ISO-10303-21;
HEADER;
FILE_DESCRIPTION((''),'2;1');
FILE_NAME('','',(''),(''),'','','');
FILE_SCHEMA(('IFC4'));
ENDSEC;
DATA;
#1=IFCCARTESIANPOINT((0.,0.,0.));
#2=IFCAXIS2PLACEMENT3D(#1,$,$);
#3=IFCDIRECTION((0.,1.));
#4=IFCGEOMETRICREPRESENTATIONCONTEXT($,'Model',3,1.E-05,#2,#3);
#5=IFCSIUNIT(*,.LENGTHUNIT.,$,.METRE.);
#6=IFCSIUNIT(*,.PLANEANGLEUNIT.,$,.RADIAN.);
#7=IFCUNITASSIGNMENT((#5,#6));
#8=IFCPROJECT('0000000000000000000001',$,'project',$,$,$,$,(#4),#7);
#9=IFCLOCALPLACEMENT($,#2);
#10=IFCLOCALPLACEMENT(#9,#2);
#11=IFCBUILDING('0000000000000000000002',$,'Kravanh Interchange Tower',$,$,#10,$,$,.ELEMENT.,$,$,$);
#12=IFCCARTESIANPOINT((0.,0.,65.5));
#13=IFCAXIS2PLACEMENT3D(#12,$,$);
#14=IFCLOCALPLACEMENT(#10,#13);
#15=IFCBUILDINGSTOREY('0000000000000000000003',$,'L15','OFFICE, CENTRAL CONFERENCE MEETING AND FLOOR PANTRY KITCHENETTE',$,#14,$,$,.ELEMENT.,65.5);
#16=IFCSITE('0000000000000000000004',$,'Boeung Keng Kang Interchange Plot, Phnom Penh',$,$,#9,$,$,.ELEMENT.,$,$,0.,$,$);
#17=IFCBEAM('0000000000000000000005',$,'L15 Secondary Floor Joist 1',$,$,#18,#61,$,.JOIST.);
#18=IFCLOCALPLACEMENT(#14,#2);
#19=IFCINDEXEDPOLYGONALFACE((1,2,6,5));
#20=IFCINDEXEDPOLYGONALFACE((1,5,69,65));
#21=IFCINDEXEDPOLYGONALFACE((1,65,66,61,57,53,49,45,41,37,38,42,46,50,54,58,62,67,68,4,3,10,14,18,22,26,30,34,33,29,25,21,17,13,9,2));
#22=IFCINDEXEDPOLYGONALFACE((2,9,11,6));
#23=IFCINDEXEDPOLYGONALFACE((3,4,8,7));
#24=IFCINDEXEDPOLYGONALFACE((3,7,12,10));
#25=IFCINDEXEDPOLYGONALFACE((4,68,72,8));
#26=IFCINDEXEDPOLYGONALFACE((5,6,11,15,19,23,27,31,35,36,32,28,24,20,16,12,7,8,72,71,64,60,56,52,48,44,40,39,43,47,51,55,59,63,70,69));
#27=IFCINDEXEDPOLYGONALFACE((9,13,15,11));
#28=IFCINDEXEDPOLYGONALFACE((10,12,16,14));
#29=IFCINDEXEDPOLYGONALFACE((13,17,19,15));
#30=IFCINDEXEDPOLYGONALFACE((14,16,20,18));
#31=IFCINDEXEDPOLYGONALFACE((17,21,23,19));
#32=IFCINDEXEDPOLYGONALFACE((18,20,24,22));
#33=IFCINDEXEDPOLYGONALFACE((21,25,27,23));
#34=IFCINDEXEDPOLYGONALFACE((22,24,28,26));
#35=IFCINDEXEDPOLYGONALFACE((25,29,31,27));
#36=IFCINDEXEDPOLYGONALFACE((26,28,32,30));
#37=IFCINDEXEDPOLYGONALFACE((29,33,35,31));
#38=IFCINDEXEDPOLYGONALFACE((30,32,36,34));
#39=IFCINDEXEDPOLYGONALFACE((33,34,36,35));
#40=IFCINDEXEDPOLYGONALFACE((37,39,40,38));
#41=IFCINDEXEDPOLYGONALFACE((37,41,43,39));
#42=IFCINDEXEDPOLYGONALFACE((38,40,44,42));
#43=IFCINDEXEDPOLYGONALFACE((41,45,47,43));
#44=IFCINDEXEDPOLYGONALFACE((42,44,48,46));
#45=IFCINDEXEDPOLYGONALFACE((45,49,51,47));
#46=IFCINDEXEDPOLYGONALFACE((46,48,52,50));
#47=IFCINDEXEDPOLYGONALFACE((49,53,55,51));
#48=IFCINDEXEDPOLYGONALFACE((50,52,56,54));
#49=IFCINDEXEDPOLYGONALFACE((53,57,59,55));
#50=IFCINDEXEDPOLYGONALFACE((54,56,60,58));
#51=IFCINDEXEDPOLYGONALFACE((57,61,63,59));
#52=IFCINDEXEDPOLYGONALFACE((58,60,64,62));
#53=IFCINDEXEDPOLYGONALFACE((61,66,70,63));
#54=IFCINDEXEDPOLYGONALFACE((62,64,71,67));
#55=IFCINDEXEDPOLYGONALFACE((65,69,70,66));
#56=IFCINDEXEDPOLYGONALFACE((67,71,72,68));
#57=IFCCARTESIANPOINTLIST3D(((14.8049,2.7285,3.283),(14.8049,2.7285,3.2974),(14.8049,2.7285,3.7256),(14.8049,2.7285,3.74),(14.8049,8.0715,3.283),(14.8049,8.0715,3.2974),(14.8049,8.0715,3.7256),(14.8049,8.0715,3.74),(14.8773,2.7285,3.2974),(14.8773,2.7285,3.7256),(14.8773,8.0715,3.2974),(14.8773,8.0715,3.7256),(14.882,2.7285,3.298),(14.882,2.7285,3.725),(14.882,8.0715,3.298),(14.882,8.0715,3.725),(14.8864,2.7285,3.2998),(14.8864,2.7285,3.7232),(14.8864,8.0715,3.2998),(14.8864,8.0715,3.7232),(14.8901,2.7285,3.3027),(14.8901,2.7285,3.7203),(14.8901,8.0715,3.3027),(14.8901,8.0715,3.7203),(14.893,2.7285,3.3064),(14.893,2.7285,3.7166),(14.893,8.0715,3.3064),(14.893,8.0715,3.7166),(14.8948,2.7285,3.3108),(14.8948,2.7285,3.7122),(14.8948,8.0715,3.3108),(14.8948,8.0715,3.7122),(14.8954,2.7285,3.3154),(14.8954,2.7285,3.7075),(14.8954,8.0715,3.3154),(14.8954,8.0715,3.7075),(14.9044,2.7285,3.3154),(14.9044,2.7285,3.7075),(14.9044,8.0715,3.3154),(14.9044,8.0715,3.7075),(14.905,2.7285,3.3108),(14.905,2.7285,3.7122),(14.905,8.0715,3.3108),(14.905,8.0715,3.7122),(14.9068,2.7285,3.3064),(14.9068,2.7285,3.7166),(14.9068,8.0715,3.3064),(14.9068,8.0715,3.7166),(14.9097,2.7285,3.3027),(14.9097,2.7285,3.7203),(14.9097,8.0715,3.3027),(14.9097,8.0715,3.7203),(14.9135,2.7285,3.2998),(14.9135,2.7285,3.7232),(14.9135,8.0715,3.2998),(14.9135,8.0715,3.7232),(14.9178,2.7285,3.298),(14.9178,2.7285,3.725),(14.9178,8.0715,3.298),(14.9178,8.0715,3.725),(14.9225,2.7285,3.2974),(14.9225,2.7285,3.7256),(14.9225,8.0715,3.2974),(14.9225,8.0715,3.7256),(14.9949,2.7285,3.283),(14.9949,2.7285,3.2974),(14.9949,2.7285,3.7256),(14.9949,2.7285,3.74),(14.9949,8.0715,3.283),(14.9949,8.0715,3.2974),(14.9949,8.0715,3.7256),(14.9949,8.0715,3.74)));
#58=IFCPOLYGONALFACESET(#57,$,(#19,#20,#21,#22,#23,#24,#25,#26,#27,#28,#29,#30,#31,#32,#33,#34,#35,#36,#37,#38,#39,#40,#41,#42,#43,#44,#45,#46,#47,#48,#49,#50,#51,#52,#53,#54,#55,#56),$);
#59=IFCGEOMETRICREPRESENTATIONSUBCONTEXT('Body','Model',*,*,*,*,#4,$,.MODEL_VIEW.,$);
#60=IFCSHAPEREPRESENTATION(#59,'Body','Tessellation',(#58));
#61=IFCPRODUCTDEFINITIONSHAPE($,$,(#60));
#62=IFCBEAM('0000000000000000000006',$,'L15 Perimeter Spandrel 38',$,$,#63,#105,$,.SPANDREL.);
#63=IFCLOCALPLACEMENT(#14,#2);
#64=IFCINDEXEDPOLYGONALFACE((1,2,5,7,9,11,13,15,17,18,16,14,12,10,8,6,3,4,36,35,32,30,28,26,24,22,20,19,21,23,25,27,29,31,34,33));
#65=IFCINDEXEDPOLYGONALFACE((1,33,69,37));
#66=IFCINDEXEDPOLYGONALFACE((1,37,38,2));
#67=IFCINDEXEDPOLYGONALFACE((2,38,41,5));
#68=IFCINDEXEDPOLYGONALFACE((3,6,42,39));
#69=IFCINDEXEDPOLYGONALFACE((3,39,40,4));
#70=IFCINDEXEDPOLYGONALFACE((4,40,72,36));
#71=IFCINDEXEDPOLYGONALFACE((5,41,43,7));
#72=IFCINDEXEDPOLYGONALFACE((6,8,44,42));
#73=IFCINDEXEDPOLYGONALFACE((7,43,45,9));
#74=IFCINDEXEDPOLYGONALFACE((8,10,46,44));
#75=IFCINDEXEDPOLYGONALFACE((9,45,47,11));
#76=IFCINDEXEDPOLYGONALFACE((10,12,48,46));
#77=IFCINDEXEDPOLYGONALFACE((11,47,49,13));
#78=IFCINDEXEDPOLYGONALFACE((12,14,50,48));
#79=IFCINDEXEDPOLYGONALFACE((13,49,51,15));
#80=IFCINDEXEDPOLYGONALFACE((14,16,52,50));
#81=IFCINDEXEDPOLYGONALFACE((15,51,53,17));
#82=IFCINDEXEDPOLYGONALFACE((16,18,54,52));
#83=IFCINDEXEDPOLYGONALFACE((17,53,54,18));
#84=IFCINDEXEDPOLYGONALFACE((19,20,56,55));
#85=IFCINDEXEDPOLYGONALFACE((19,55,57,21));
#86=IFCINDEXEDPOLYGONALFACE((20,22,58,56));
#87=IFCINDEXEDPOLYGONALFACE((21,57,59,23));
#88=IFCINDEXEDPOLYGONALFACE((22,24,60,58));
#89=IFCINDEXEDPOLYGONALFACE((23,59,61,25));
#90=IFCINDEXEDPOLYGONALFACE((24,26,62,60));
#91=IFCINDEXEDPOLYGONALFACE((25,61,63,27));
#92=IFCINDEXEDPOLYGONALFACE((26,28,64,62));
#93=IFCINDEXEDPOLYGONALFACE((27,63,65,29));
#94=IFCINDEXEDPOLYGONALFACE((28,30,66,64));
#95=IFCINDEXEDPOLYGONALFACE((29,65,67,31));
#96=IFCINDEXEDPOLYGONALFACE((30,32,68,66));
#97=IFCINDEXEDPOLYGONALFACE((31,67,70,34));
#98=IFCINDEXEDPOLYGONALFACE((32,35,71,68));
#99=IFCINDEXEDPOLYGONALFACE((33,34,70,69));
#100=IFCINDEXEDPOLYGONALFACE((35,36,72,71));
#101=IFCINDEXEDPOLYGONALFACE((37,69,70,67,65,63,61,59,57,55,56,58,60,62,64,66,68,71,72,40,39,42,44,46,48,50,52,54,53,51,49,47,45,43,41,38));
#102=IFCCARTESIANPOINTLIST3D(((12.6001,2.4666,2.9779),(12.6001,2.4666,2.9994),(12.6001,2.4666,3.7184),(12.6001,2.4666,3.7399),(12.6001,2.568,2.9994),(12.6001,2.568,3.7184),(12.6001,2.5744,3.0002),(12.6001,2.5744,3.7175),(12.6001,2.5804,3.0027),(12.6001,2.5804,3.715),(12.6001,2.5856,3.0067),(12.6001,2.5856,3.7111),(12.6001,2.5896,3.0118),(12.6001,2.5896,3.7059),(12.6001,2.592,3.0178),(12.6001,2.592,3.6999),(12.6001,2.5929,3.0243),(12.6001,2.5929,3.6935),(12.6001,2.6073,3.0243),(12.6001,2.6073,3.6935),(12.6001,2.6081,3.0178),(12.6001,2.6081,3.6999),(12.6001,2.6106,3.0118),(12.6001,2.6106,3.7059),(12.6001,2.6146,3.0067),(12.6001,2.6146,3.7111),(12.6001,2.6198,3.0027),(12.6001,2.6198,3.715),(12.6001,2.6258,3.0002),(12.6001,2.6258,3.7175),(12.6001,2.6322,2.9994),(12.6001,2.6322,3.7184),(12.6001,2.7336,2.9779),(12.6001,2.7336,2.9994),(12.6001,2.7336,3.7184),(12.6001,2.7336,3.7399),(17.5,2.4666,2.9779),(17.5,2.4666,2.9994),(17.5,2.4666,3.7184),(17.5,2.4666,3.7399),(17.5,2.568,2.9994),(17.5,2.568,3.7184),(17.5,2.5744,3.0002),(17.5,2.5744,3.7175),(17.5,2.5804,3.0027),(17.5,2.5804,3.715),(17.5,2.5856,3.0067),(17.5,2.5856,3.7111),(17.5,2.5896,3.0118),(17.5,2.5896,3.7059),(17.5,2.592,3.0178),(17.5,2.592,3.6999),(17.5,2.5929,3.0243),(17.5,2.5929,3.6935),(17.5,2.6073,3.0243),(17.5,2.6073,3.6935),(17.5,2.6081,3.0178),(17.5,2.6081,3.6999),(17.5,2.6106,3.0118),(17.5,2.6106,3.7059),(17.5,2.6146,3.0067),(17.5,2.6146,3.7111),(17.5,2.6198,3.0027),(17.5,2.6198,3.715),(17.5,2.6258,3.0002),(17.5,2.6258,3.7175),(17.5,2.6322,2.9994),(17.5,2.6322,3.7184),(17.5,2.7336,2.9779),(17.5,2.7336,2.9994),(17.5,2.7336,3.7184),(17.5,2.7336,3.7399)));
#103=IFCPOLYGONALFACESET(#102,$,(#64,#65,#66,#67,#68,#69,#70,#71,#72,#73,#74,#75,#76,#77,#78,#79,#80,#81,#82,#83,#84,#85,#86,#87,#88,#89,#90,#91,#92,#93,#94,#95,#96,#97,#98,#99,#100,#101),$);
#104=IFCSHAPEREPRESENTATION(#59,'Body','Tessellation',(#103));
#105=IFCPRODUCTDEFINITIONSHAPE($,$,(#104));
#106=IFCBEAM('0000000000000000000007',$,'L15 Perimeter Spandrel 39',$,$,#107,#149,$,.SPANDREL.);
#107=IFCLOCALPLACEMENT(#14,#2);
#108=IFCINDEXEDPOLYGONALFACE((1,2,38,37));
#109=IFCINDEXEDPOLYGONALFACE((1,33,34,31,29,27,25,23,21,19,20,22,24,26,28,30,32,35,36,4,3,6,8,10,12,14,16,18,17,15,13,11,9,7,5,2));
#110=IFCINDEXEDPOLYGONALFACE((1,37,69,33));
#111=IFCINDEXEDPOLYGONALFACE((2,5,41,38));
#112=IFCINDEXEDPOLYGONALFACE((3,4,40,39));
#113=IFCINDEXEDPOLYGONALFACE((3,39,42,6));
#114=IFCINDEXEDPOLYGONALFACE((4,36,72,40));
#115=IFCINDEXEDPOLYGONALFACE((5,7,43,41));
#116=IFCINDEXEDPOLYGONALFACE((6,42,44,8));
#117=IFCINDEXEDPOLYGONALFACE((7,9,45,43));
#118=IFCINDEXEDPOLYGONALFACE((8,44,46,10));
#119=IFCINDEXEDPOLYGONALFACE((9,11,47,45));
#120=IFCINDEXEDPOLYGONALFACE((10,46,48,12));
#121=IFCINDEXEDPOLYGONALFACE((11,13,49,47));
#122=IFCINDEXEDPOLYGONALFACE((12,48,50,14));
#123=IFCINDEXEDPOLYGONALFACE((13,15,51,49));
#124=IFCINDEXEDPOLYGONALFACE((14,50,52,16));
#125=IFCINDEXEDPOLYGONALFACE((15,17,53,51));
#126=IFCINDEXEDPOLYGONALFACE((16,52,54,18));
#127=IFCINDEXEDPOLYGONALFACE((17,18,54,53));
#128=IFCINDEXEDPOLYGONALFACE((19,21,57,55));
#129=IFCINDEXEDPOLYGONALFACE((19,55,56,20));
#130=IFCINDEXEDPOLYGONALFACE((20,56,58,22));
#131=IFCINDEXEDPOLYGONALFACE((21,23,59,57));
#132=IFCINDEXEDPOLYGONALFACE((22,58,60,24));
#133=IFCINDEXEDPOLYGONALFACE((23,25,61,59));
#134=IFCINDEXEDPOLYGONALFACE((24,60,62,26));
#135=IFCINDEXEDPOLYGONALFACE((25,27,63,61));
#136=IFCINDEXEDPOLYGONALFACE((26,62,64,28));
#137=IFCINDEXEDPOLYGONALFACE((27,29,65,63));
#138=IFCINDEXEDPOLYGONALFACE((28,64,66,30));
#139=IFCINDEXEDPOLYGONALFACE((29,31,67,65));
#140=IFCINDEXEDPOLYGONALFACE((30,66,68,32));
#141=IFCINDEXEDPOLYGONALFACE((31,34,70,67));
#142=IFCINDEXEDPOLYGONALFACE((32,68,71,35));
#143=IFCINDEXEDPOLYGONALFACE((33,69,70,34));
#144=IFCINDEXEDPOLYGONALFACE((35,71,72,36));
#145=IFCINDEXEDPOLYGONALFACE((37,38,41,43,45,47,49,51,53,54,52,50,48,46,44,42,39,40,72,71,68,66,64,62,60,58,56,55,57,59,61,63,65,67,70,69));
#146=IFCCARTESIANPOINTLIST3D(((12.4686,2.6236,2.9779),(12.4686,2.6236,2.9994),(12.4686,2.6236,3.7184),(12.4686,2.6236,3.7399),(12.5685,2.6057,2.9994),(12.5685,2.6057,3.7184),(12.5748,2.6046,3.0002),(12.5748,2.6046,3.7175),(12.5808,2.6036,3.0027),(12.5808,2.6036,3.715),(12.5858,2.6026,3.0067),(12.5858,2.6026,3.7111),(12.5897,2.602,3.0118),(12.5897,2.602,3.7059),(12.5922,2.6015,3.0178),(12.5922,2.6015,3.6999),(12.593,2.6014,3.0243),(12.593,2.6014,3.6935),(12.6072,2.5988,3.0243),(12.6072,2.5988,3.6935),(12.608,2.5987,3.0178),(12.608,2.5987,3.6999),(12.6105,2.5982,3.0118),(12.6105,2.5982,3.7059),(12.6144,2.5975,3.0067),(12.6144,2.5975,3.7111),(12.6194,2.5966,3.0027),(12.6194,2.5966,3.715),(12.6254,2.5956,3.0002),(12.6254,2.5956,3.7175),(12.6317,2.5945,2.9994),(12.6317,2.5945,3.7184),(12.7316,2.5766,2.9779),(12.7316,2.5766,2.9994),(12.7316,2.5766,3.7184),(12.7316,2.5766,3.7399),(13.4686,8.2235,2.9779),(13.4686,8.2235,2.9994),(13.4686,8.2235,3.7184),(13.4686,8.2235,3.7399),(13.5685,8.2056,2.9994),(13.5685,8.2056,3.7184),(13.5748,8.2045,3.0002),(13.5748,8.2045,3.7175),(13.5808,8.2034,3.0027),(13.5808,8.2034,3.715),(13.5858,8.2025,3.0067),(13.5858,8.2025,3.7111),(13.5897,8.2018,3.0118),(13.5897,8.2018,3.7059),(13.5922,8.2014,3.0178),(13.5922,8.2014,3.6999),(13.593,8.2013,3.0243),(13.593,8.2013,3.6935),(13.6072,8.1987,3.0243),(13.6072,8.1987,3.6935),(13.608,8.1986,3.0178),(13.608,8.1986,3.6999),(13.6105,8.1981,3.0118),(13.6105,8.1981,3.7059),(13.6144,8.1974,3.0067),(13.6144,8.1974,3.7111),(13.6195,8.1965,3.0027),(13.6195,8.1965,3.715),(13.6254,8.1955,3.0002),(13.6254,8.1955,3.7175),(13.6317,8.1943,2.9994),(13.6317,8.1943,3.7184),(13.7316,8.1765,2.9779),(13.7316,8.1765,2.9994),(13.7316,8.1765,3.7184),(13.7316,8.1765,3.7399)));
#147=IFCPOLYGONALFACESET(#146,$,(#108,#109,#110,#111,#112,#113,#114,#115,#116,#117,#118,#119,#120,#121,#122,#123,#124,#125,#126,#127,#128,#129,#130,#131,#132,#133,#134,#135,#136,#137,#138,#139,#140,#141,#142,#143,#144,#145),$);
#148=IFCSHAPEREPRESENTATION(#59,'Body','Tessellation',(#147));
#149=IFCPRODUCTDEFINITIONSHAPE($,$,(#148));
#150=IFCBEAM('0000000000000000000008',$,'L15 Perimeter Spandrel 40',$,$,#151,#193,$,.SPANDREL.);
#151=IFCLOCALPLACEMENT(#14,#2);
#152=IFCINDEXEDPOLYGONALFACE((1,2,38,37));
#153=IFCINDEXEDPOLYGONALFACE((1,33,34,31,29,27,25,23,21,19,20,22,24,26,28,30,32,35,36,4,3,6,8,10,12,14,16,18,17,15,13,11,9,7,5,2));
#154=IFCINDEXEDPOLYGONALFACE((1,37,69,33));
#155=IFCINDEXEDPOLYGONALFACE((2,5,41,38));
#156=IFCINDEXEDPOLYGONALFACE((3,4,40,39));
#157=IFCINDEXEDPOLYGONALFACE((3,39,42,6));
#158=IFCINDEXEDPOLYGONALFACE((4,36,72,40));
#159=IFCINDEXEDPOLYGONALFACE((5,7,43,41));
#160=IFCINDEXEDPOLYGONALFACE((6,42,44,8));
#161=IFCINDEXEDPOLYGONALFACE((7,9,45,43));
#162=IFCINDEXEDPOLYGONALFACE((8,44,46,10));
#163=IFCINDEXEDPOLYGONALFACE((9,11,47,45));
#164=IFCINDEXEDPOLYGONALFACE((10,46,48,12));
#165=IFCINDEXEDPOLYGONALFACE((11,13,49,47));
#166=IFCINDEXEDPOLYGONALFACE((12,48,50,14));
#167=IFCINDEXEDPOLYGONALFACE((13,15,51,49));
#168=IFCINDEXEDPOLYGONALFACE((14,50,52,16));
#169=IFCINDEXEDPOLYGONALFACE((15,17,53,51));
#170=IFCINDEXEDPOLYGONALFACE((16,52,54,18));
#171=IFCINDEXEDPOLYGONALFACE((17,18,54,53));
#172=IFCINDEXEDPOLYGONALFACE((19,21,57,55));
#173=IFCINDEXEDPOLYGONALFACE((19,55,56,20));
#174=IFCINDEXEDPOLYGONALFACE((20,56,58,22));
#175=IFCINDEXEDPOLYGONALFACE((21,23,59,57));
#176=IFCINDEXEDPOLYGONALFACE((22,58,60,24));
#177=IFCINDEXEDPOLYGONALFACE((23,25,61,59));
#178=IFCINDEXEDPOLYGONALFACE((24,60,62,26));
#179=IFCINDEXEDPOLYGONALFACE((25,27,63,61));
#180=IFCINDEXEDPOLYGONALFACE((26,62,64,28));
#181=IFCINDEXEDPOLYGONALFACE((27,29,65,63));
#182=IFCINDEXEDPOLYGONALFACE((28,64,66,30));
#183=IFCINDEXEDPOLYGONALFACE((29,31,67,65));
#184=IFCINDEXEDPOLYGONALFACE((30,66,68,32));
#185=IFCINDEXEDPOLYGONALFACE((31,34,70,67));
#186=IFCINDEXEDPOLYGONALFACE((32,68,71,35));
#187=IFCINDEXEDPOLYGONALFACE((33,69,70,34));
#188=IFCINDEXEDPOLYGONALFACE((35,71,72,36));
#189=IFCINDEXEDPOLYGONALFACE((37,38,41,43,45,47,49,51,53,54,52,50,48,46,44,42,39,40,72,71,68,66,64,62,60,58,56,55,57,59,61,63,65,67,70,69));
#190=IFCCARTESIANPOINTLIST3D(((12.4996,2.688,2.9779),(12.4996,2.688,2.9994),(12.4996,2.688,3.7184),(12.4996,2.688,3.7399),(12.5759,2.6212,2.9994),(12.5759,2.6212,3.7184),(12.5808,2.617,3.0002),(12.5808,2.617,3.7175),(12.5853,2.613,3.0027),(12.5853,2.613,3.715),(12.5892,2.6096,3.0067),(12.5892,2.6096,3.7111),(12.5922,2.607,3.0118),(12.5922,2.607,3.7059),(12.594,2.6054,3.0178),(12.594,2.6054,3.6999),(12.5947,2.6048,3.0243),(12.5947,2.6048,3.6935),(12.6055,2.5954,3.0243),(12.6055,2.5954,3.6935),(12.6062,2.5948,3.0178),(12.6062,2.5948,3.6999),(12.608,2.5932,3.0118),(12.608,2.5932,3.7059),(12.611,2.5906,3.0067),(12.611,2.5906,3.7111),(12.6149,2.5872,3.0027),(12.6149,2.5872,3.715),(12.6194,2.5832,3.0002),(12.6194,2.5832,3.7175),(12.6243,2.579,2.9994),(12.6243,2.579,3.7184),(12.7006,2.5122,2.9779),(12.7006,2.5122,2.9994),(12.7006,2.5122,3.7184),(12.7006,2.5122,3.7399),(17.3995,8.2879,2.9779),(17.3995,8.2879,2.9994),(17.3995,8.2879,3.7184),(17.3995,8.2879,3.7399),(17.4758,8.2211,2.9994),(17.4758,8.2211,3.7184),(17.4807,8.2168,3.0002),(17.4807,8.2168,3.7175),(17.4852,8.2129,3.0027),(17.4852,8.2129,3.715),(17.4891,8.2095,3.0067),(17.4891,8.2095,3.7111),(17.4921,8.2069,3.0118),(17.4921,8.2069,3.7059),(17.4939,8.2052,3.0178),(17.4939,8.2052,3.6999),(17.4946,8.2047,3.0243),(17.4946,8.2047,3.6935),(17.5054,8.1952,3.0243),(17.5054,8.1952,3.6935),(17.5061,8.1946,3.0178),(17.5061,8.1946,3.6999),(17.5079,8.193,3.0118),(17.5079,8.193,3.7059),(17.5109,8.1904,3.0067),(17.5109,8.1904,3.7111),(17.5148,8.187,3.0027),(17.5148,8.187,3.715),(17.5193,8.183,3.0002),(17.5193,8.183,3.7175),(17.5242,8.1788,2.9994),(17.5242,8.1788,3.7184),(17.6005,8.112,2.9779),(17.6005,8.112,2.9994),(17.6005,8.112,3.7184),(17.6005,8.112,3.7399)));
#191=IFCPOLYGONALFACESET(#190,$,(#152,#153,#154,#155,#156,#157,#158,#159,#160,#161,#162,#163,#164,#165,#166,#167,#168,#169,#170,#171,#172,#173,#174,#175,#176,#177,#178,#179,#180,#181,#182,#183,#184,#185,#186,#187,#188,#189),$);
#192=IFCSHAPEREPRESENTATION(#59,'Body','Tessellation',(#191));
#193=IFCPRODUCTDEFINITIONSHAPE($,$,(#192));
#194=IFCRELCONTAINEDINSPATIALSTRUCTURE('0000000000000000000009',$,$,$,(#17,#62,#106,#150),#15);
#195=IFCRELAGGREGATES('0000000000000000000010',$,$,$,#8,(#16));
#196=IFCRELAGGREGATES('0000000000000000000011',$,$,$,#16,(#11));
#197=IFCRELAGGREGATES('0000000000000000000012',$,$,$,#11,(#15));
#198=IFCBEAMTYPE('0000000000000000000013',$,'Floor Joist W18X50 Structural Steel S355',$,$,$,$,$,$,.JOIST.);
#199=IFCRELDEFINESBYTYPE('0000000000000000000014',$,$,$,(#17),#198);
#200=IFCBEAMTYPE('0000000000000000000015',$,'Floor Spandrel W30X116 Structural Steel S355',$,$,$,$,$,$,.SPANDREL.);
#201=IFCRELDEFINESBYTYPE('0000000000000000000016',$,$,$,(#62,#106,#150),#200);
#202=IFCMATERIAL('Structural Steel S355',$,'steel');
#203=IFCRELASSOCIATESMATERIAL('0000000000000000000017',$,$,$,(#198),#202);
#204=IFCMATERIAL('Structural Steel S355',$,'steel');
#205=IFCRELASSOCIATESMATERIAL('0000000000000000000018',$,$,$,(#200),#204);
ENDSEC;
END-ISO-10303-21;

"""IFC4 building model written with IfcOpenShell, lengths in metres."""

from ifc_helpers import new_model, si_unit, direction, frame, origin, origin_2d, place, context, subcontext, project, spatial, i_section, extrude, material, material_profile, profile_set, type_object, element, save


model = new_model("IFC4")

# Units and contexts
model_context = context("Model", 3, precision=1e-05, world=origin(), true_north=direction((0.0, 1.0)))
body_context = subcontext(model_context, "Body", "Model", "MODEL_VIEW")
ifc_project = project(units=[si_unit("LENGTHUNIT", "METRE"), si_unit("PLANEANGLEUNIT", "RADIAN")], contexts=[model_context])

# Site, building, storey
site_placement = place(None, origin())
site = spatial("IfcSite", under=ifc_project, at=site_placement, Name="Boeung Keng Kang Interchange Plot, Phnom Penh", CompositionType="ELEMENT", RefElevation=0.0)
building_placement = place(site_placement, origin())
building = spatial("IfcBuilding", under=site, at=building_placement, Name="Kravanh Interchange Tower", CompositionType="ELEMENT")
storey_placement = place(building_placement, frame((0.0, 0.0, 65.5)))
storey = spatial("IfcBuildingStorey", under=building, at=storey_placement, Name="L15", Description="OFFICE, CENTRAL CONFERENCE MEETING AND FLOOR PANTRY KITCHENETTE", CompositionType="ELEMENT", Elevation=65.5)

# Beams
ifc_material_1 = material(Name="Structural Steel S355", Category="steel")
ifc_material_profile_1 = material_profile(ifc_material_1, i_section(OverallWidth=0.1899, OverallDepth=0.457, WebThickness=0.009, FlangeThickness=0.0144, FilletRadius=0.0181, at=origin_2d()), Name="W18X50")
ifc_profile_set_1 = profile_set([ifc_material_profile_1], Name="Structural Steel S355")
beam_type_1 = type_object("IfcBeamType", Name="Floor Joist W18X50 Structural Steel S355", PredefinedType="JOIST", material=ifc_profile_set_1)
beam_1_placement = place(storey_placement, frame((14.8999, 2.7285, 3.5115), z_axis=(0.0, 1.0, 0.0), x_axis=(-1.0, 0.0, 0.0)))
element("IfcBeam", 1, at=beam_1_placement, inside=storey, type_object=beam_type_1, Name="L15 Secondary Floor Joist 1", PredefinedType="JOIST", context=body_context, shape_type="SweptSolid", body=[
    extrude(i_section(OverallWidth=0.1899, OverallDepth=0.457, WebThickness=0.009, FlangeThickness=0.0144, FilletRadius=0.0181, at=origin_2d()), origin(), (0.0, 0.0, 1.0), 5.343),
])
ifc_material_2 = material(Name="Structural Steel S355", Category="steel")
ifc_material_profile_2 = material_profile(ifc_material_2, i_section(OverallWidth=0.2671, OverallDepth=0.762, WebThickness=0.0144, FlangeThickness=0.0215, FilletRadius=0.0249, at=origin_2d()), Name="W30X116")
ifc_profile_set_2 = profile_set([ifc_material_profile_2], Name="Structural Steel S355")
beam_type_2 = type_object("IfcBeamType", Name="Floor Spandrel W30X116 Structural Steel S355", PredefinedType="SPANDREL", material=ifc_profile_set_2)
beam_2_placement = place(storey_placement, frame((12.6001, 2.6001, 3.3589), z_axis=(1.0, 0.0, 0.0), x_axis=(0.0, 1.0, 0.0)))
element("IfcBeam", 2, at=beam_2_placement, inside=storey, type_object=beam_type_2, Name="L15 Perimeter Spandrel 38", PredefinedType="SPANDREL", context=body_context, shape_type="SweptSolid", body=[
    extrude(i_section(OverallWidth=0.2671, OverallDepth=0.762, WebThickness=0.0144, FlangeThickness=0.0215, FilletRadius=0.0249, at=origin_2d()), origin(), (0.0, 0.0, 1.0), 4.8999),
])
beam_3_placement = place(storey_placement, frame((12.6001, 2.6001, 3.3589), z_axis=(0.175795, 0.984427, 0.0), x_axis=(-0.984427, 0.175795, 0.0)))
element("IfcBeam", 3, at=beam_3_placement, inside=storey, type_object=beam_type_2, Name="L15 Perimeter Spandrel 39", PredefinedType="SPANDREL", context=body_context, shape_type="SweptSolid", body=[
    extrude(i_section(OverallWidth=0.2671, OverallDepth=0.762, WebThickness=0.0144, FlangeThickness=0.0215, FilletRadius=0.0249, at=origin_2d()), origin(), (0.0, 0.0, 1.0), 5.6885),
])
beam_4_placement = place(storey_placement, frame((12.6001, 2.6001, 3.3589), z_axis=(0.658507, 0.752575, 0.0), x_axis=(-0.752575, 0.658507, 0.0)))
element("IfcBeam", 4, at=beam_4_placement, inside=storey, type_object=beam_type_2, Name="L15 Perimeter Spandrel 40", PredefinedType="SPANDREL", context=body_context, shape_type="SweptSolid", body=[
    extrude(i_section(OverallWidth=0.2671, OverallDepth=0.762, WebThickness=0.0144, FlangeThickness=0.0215, FilletRadius=0.0249, at=origin_2d()), origin(), (0.0, 0.0, 1.0), 7.4409),
])

save(model, "model.ifc")
